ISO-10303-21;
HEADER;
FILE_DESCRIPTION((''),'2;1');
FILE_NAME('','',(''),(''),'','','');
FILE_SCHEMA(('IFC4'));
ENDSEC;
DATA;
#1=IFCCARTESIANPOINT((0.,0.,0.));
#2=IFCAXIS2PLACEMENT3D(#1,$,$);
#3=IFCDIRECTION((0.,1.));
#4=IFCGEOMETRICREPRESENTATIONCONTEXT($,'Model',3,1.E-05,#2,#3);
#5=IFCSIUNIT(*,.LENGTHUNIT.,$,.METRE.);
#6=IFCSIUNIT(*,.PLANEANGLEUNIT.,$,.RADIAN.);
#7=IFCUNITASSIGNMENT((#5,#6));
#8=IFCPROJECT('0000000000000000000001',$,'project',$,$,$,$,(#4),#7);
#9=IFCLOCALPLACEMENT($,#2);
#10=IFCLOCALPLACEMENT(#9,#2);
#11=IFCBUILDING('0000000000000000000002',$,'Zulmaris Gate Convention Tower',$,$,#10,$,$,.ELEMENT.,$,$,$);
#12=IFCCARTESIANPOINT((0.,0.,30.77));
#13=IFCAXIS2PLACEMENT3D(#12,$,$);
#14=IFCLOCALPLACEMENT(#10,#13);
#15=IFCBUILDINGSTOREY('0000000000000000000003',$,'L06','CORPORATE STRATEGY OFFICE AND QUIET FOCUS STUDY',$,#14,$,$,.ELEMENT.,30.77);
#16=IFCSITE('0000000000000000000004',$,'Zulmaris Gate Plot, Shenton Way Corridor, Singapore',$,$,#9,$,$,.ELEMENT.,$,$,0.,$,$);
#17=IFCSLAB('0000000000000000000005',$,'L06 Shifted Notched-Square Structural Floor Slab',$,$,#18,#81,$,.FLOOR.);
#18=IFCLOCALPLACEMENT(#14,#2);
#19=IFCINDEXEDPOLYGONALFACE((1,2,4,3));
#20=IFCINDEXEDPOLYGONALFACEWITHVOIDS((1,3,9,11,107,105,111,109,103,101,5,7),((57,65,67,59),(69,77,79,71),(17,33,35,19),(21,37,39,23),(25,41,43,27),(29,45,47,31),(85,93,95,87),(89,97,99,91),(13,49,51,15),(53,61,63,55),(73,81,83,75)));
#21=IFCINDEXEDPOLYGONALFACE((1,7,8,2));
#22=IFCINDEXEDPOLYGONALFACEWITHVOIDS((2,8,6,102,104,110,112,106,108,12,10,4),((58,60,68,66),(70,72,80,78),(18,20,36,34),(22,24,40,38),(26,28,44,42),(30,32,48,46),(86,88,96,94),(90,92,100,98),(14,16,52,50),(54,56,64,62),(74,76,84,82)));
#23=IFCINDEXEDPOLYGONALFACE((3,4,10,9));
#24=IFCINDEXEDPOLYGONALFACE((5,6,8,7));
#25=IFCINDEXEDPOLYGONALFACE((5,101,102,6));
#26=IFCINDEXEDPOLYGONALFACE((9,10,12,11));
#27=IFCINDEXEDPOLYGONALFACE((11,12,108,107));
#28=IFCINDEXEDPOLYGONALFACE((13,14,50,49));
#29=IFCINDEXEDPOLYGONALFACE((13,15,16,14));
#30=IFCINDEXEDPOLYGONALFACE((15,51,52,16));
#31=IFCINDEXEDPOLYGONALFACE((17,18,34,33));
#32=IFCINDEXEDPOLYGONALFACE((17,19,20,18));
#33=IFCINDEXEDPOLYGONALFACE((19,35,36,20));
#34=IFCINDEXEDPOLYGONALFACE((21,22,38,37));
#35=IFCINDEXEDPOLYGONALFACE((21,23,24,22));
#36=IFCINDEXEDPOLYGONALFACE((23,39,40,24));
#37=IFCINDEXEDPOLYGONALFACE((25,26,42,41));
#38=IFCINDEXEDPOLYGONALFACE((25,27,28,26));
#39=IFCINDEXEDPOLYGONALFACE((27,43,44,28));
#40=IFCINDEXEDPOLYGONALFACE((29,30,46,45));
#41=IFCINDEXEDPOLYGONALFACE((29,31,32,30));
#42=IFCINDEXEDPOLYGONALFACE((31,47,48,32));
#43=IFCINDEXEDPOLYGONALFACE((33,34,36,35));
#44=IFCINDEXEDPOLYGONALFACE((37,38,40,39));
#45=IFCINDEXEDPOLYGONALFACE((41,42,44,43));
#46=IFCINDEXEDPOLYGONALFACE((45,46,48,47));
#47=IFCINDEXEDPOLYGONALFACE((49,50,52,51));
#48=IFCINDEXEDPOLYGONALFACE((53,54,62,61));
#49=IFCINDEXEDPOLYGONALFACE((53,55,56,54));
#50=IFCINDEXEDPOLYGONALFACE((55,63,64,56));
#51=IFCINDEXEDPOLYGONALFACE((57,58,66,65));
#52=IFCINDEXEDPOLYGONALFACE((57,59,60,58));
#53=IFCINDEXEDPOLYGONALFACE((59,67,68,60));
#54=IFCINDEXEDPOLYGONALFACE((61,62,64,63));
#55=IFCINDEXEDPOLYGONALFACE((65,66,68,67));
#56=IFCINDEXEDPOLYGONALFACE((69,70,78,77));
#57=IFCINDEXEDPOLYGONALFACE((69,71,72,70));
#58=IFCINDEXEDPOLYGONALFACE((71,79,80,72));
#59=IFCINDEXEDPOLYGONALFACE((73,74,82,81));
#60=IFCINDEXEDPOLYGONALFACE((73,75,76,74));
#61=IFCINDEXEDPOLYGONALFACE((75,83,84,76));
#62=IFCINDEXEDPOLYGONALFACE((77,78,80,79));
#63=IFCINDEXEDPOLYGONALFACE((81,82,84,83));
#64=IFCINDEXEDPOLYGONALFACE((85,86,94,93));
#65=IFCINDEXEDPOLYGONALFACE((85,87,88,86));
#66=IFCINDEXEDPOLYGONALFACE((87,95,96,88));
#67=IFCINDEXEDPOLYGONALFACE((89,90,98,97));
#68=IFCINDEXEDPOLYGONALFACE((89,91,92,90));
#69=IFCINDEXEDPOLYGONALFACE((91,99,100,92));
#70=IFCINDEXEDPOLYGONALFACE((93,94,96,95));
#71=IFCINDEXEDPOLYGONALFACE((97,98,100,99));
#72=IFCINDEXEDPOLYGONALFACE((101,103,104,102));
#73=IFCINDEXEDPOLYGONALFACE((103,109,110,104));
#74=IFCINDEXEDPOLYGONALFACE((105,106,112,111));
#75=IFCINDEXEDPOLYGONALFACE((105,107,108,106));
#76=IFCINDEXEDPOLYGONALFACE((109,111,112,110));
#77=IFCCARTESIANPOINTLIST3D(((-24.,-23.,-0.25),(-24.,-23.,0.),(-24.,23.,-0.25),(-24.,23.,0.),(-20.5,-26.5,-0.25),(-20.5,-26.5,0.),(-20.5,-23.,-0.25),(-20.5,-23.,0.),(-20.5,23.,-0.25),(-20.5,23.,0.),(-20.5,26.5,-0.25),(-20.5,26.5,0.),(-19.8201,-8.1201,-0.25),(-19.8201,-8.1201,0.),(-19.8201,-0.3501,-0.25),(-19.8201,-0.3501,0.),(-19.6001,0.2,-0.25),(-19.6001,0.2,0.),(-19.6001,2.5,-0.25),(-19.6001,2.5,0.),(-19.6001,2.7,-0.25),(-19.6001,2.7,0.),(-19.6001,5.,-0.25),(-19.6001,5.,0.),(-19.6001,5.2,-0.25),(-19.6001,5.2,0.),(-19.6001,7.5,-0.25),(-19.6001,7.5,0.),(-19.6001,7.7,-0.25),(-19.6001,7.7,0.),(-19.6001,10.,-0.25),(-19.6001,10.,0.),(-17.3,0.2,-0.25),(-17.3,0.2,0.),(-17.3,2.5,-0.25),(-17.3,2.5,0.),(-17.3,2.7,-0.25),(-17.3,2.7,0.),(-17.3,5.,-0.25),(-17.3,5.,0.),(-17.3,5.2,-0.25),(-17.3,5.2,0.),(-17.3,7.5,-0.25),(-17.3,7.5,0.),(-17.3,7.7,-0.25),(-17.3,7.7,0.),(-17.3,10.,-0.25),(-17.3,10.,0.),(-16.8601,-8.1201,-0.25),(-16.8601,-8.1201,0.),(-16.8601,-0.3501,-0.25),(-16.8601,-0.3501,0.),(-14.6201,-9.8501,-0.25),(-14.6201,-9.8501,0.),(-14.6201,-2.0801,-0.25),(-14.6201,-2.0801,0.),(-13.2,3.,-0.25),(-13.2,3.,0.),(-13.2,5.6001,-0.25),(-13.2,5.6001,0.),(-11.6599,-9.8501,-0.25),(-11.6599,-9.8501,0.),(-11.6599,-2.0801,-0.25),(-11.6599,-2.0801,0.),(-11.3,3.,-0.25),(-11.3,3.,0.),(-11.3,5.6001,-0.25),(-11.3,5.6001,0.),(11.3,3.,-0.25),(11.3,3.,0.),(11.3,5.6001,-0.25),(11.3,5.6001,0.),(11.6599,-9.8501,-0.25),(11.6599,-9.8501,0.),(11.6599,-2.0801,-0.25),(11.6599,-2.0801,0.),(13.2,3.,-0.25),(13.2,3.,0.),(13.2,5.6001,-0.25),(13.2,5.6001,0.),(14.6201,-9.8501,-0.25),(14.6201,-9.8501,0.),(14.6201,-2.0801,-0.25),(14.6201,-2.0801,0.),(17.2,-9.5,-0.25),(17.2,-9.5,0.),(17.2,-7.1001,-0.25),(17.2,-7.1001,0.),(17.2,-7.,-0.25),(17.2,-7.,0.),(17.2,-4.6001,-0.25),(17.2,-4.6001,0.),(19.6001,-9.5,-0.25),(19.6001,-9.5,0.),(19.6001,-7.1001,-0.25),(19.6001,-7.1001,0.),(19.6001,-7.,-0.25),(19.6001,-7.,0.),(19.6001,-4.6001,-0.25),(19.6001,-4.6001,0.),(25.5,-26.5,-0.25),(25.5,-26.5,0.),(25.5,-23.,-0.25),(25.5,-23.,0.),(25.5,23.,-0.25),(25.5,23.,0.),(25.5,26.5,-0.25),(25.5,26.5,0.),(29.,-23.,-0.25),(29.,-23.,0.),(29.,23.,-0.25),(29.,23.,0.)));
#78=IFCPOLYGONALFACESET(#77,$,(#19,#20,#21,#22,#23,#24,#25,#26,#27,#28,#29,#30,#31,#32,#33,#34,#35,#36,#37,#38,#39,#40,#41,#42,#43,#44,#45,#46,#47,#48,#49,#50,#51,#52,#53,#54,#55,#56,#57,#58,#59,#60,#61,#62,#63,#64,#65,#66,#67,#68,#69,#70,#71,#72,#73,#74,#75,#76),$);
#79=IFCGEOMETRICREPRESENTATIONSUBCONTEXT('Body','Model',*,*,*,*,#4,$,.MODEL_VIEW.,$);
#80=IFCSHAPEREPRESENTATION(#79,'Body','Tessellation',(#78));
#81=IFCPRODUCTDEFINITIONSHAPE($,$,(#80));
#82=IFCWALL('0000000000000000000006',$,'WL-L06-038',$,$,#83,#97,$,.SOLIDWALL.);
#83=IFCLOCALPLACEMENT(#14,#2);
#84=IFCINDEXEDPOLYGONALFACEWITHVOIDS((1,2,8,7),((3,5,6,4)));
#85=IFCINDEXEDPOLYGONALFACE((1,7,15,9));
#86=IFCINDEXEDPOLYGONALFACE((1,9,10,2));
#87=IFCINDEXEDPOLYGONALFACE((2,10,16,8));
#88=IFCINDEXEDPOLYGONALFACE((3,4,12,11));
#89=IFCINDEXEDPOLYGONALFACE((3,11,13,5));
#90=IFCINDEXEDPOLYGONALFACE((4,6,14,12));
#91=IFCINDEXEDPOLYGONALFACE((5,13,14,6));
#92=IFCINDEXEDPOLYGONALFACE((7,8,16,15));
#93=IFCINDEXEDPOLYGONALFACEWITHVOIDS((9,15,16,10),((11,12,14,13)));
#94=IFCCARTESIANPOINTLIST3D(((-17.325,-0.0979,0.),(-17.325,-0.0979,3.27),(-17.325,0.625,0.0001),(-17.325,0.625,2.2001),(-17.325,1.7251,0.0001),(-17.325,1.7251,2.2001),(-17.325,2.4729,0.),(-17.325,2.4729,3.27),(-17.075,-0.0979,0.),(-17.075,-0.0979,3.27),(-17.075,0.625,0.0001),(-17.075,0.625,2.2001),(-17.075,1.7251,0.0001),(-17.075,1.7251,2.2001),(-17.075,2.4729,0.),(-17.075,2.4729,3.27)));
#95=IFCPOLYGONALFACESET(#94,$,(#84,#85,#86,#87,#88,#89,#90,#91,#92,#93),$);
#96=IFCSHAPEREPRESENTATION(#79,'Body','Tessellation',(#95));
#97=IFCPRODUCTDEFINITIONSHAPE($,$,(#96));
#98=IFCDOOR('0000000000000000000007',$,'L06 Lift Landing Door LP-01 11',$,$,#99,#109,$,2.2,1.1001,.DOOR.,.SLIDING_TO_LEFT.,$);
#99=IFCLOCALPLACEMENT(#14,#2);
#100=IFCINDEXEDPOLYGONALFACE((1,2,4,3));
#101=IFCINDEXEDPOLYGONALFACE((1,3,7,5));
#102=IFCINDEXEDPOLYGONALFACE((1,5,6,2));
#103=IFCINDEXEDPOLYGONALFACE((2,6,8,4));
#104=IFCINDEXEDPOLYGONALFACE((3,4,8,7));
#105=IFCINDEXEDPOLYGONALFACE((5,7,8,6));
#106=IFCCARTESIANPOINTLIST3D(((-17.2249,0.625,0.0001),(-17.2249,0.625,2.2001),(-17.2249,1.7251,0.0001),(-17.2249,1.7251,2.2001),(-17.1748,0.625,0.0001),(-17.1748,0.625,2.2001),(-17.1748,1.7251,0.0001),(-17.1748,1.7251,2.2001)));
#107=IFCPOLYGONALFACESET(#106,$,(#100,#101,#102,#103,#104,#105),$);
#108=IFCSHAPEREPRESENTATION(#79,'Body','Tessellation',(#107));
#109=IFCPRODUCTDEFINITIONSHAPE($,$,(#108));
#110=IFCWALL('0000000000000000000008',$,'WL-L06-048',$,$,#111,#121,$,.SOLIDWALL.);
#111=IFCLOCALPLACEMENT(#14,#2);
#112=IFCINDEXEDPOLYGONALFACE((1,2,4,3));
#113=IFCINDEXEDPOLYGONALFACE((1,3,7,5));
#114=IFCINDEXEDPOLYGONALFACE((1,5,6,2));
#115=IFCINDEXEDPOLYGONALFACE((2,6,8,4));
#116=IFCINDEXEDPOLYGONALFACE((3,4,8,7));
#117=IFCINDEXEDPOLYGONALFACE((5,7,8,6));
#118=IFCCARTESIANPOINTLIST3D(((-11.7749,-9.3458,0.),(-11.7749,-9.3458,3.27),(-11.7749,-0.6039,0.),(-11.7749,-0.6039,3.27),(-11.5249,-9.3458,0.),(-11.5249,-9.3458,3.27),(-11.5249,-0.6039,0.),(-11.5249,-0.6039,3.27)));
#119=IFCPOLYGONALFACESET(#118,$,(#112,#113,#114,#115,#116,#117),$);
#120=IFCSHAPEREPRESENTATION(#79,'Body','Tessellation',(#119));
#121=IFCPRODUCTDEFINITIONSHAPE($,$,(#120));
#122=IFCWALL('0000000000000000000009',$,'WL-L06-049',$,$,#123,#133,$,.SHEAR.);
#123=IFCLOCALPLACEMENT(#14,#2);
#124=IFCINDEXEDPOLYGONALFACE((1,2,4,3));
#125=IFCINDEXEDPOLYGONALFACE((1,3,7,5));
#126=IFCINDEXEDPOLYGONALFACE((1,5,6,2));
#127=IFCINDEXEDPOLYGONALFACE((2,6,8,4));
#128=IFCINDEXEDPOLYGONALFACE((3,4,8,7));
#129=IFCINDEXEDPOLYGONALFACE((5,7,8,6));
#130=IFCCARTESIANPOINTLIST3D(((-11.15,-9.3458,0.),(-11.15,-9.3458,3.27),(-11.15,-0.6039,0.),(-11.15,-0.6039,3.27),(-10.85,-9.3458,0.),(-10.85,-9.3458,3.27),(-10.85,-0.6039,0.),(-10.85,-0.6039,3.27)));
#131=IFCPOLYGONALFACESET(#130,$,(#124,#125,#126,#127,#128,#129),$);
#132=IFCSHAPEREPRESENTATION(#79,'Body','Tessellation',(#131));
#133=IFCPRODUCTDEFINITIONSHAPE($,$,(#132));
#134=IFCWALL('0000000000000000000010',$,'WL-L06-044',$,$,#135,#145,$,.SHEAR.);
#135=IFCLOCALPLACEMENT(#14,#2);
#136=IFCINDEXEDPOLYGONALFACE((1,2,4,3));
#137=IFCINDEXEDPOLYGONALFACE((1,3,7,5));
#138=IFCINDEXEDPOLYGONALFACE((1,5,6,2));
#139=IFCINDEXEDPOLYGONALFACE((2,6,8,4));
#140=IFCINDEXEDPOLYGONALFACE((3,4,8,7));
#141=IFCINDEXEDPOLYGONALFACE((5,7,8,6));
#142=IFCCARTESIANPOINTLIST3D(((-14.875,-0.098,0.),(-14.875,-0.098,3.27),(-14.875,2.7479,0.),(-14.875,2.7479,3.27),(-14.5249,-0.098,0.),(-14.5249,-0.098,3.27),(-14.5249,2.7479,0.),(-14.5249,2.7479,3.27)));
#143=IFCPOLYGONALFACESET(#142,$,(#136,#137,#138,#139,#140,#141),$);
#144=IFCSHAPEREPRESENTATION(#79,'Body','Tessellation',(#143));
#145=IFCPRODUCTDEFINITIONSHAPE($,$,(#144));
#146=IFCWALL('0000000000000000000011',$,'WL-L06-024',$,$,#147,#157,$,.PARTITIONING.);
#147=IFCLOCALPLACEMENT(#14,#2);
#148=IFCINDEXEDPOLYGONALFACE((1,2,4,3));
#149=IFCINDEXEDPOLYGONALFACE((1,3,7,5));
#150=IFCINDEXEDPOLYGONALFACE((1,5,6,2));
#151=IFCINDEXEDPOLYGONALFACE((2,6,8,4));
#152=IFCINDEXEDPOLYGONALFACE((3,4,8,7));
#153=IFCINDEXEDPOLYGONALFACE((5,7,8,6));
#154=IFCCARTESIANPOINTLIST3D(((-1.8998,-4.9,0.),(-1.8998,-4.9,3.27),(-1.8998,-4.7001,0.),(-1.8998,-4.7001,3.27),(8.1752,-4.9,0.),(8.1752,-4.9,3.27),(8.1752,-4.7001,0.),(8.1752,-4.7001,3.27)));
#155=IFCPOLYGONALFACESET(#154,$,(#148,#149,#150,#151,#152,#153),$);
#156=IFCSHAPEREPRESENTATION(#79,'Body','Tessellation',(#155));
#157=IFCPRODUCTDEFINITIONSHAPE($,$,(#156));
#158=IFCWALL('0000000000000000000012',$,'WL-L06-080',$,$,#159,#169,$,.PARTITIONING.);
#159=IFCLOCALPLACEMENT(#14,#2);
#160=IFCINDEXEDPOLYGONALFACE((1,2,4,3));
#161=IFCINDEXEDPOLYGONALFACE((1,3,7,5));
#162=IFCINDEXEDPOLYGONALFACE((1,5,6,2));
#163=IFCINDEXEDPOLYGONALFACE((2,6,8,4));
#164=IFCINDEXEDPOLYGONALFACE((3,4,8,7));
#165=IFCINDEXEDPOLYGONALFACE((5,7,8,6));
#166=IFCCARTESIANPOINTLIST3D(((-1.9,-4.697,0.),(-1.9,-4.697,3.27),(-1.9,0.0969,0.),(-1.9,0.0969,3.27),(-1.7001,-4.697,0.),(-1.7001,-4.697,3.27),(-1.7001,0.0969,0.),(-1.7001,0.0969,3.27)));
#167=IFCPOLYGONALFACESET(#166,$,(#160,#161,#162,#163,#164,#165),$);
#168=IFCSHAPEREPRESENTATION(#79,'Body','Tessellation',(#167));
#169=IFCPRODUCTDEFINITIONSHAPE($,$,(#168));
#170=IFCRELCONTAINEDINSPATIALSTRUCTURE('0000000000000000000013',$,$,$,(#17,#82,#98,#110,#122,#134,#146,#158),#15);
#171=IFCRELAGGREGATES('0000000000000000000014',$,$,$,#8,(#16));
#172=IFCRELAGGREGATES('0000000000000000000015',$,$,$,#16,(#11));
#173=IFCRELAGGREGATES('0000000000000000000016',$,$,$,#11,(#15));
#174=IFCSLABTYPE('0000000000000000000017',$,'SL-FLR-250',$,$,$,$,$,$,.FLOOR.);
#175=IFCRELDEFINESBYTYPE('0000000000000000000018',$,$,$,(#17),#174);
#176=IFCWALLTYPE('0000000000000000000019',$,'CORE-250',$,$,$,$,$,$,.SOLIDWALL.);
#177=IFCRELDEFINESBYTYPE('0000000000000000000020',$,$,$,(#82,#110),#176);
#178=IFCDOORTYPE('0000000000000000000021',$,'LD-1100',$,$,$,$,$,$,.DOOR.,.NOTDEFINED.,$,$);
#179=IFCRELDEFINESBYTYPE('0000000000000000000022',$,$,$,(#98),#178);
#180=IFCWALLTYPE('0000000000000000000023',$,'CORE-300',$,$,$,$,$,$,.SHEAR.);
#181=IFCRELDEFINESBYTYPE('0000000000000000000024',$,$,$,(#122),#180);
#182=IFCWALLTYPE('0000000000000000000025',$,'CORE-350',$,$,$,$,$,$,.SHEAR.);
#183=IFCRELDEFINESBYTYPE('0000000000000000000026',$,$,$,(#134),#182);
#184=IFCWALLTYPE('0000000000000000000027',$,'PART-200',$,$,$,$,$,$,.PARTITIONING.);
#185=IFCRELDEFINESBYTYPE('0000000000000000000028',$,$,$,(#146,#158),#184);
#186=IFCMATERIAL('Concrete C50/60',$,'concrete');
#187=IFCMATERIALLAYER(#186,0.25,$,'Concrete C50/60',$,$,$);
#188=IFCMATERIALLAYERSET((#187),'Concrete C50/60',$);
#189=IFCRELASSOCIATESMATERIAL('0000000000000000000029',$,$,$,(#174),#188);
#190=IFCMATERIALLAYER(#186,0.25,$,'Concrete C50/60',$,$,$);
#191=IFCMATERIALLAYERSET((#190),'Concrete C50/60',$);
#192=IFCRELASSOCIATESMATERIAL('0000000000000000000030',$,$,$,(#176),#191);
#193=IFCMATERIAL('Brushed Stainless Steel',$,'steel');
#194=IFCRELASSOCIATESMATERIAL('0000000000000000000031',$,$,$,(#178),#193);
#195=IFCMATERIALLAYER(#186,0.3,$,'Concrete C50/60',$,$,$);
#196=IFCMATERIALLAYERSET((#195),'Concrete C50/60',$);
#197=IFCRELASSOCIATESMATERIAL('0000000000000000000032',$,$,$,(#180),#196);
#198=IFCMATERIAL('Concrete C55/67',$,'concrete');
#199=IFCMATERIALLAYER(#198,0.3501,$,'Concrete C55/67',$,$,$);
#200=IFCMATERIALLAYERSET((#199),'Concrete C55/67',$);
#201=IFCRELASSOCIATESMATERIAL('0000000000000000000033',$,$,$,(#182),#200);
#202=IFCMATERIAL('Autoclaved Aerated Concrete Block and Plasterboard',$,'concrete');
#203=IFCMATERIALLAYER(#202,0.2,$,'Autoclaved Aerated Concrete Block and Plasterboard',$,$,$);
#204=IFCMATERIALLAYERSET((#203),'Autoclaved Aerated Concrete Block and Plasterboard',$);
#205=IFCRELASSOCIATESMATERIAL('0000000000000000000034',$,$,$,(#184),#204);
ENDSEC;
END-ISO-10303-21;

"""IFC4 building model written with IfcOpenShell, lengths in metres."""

from ifc_helpers import new_model, si_unit, direction, frame, frame_2d, origin, place, context, subcontext, project, spatial, polyline, rectangle, outline, extrude, material, layer, layer_set, type_object, element, fill, save


model = new_model("IFC4")

# Units and contexts
model_context = context("Model", 3, precision=1e-05, world=origin(), true_north=direction((0.0, 1.0)))
body_context = subcontext(model_context, "Body", "Model", "MODEL_VIEW")
ifc_project = project(units=[si_unit("LENGTHUNIT", "METRE"), si_unit("PLANEANGLEUNIT", "RADIAN")], contexts=[model_context])

# Site, building, storey
site_placement = place(None, origin())
site = spatial("IfcSite", under=ifc_project, at=site_placement, Name="Zulmaris Gate Plot, Shenton Way Corridor, Singapore", CompositionType="ELEMENT", RefElevation=0.0)
building_placement = place(site_placement, origin())
building = spatial("IfcBuilding", under=site, at=building_placement, Name="Zulmaris Gate Convention Tower", CompositionType="ELEMENT")
storey_placement = place(building_placement, frame((0.0, 0.0, 30.77)))
storey = spatial("IfcBuildingStorey", under=building, at=storey_placement, Name="L06", Description="CORPORATE STRATEGY OFFICE AND QUIET FOCUS STUDY", CompositionType="ELEMENT", Elevation=30.77)

# Slab
ifc_material_1 = material(Name="Concrete C50/60", Category="concrete")
ifc_layer_1 = layer(ifc_material_1, 0.25, Name="Concrete C50/60")
ifc_layer_set_1 = layer_set([ifc_layer_1], Name="Concrete C50/60")
slab_type_1 = type_object("IfcSlabType", Name="SL-FLR-250", PredefinedType="FLOOR", material=ifc_layer_set_1)
slab_1_placement = place(storey_placement, frame((0.0, 0.0, -0.25)))
element("IfcSlab", 1, at=slab_1_placement, inside=storey, type_object=slab_type_1, Name="L06 Shifted Notched-Square Structural Floor Slab", PredefinedType="FLOOR", context=body_context, shape_type="SweptSolid", body=[
    extrude(outline(polyline([(-20.5, -26.5), (25.5, -26.5), (25.5, -23.0), (29.0, -23.0), (29.0, 23.0), (25.5, 23.0), (25.5, 26.5), (-20.5, 26.5), (-20.5, 23.0), (-24.0, 23.0), (-24.0, -23.0), (-20.5, -23.0), (-20.5, -26.5)]), holes=[polyline([(-14.6201, -2.0801), (-14.6201, -9.8501), (-11.6599, -9.8501), (-11.6599, -2.0801), (-14.6201, -2.0801)]), polyline([(11.6599, -2.0801), (11.6599, -9.8501), (14.6201, -9.8501), (14.6201, -2.0801), (11.6599, -2.0801)]), polyline([(-16.8601, -8.1201), (-16.8601, -0.3501), (-19.8201, -0.3501), (-19.8201, -8.1201), (-16.8601, -8.1201)]), polyline([(-13.2, 3.0), (-11.3, 3.0), (-11.3, 5.6001), (-13.2, 5.6001), (-13.2, 3.0)]), polyline([(11.3, 3.0), (13.2, 3.0), (13.2, 5.6001), (11.3, 5.6001), (11.3, 3.0)]), polyline([(-19.6001, 0.2), (-17.3, 0.2), (-17.3, 2.5), (-19.6001, 2.5), (-19.6001, 0.2)]), polyline([(-19.6001, 2.7), (-17.3, 2.7), (-17.3, 5.0), (-19.6001, 5.0), (-19.6001, 2.7)]), polyline([(-19.6001, 5.2), (-17.3, 5.2), (-17.3, 7.5), (-19.6001, 7.5), (-19.6001, 5.2)]), polyline([(-19.6001, 7.7), (-17.3, 7.7), (-17.3, 10.0), (-19.6001, 10.0), (-19.6001, 7.7)]), polyline([(17.2, -9.5), (19.6001, -9.5), (19.6001, -7.1001), (17.2, -7.1001), (17.2, -9.5)]), polyline([(17.2, -7.0), (19.6001, -7.0), (19.6001, -4.6001), (17.2, -4.6001), (17.2, -7.0)])]), origin(), (0.0, 0.0, 1.0), 0.25),
])

# Wall, opening, door
ifc_layer_2 = layer(ifc_material_1, 0.25, Name="Concrete C50/60")
ifc_layer_set_2 = layer_set([ifc_layer_2], Name="Concrete C50/60")
wall_type_1 = type_object("IfcWallType", Name="CORE-250", PredefinedType="SOLIDWALL", material=ifc_layer_set_2)
wall_1_placement = place(storey_placement, frame((-17.2, -0.0979, 0.0), z_axis=(0.0, 0.0, 1.0), x_axis=(0.0, 1.0, 0.0)))
wall_1 = element("IfcWall", 2, at=wall_1_placement, inside=storey, type_object=wall_type_1, Name="WL-L06-038", PredefinedType="SOLIDWALL", context=body_context, shape_type="SweptSolid", body=[
    extrude(rectangle(XDim=2.5708, YDim=0.25, at=frame_2d((1.2854, 0.0))), origin(), (0.0, 0.0, 1.0), 3.27),
])
opening_placement = place(wall_1_placement, frame((0.7229, 0.0, 0.0)))
opening = element("IfcOpeningElement", 3, at=opening_placement, cuts=wall_1, PredefinedType="OPENING", context=body_context, shape_type="SweptSolid", body=[
    extrude(rectangle(XDim=1.1001, YDim=2.2, at=frame_2d((0.55, 1.1001))), frame((0.0, 0.135, 0.0), z_axis=(0.0, -1.0, 0.0), x_axis=(1.0, 0.0, 0.0)), (0.0, 0.0, 1.0), 0.27),
])
ifc_material_2 = material(Name="Brushed Stainless Steel", Category="steel")
door_type = type_object("IfcDoorType", Name="LD-1100", OperationType="NOTDEFINED", PredefinedType="DOOR", material=ifc_material_2)
door_placement = place(opening_placement, origin())
door = element("IfcDoor", 4, at=door_placement, inside=storey, type_object=door_type, Name="L06 Lift Landing Door LP-01 11", OperationType="SLIDING_TO_LEFT", OverallHeight=2.2, OverallWidth=1.1001, PredefinedType="DOOR", context=body_context, shape_type="SweptSolid", body=[
    extrude(rectangle(XDim=1.1001, YDim=2.2, at=frame_2d((0.55, 1.1001))), frame((0.0, 0.0249, 0.0), z_axis=(0.0, -1.0, 0.0), x_axis=(1.0, 0.0, 0.0)), (0.0, 0.0, 1.0), 0.05),
])
fill(opening, door)

# Walls
wall_2_placement = place(storey_placement, frame((-11.6499, -9.3459, 0.0), z_axis=(0.0, 0.0, 1.0), x_axis=(0.0, 1.0, 0.0)))
element("IfcWall", 5, at=wall_2_placement, inside=storey, type_object=wall_type_1, Name="WL-L06-048", PredefinedType="SOLIDWALL", context=body_context, shape_type="SweptSolid", body=[
    extrude(rectangle(XDim=8.7419, YDim=0.25, at=frame_2d((4.3711, 0.0))), origin(), (0.0, 0.0, 1.0), 3.27),
])
ifc_layer_3 = layer(ifc_material_1, 0.3, Name="Concrete C50/60")
ifc_layer_set_3 = layer_set([ifc_layer_3], Name="Concrete C50/60")
wall_type_2 = type_object("IfcWallType", Name="CORE-300", PredefinedType="SHEAR", material=ifc_layer_set_3)
wall_3_placement = place(storey_placement, frame((-11.0, -9.3459, 0.0), z_axis=(0.0, 0.0, 1.0), x_axis=(0.0, 1.0, 0.0)))
element("IfcWall", 6, at=wall_3_placement, inside=storey, type_object=wall_type_2, Name="WL-L06-049", PredefinedType="SHEAR", context=body_context, shape_type="SweptSolid", body=[
    extrude(rectangle(XDim=8.7419, YDim=0.3, at=frame_2d((4.3711, 0.0))), origin(), (0.0, 0.0, 1.0), 3.27),
])
ifc_material_3 = material(Name="Concrete C55/67", Category="concrete")
ifc_layer_4 = layer(ifc_material_3, 0.3501, Name="Concrete C55/67")
ifc_layer_set_4 = layer_set([ifc_layer_4], Name="Concrete C55/67")
wall_type_3 = type_object("IfcWallType", Name="CORE-350", PredefinedType="SHEAR", material=ifc_layer_set_4)
wall_4_placement = place(storey_placement, frame((-14.7, -0.0979, 0.0), z_axis=(0.0, 0.0, 1.0), x_axis=(0.0, 1.0, 0.0)))
element("IfcWall", 7, at=wall_4_placement, inside=storey, type_object=wall_type_3, Name="WL-L06-044", PredefinedType="SHEAR", context=body_context, shape_type="SweptSolid", body=[
    extrude(rectangle(XDim=2.8459, YDim=0.3501, at=frame_2d((1.4229, 0.0))), origin(), (0.0, 0.0, 1.0), 3.27),
])
ifc_material_4 = material(Name="Autoclaved Aerated Concrete Block and Plasterboard", Category="concrete")
ifc_layer_5 = layer(ifc_material_4, 0.2, Name="Autoclaved Aerated Concrete Block and Plasterboard")
ifc_layer_set_5 = layer_set([ifc_layer_5], Name="Autoclaved Aerated Concrete Block and Plasterboard")
wall_type_4 = type_object("IfcWallType", Name="PART-200", PredefinedType="PARTITIONING", material=ifc_layer_set_5)
wall_5_placement = place(storey_placement, frame((-1.8999, -4.8, 0.0), z_axis=(0.0, 0.0, 1.0), x_axis=(1.0, 0.0, 0.0)))
element("IfcWall", 8, at=wall_5_placement, inside=storey, type_object=wall_type_4, Name="WL-L06-024", PredefinedType="PARTITIONING", context=body_context, shape_type="SweptSolid", body=[
    extrude(rectangle(XDim=10.075, YDim=0.2, at=frame_2d((5.0376, 0.0))), origin(), (0.0, 0.0, 1.0), 3.27),
])
wall_6_placement = place(storey_placement, frame((-1.8, -4.697, 0.0), z_axis=(0.0, 0.0, 1.0), x_axis=(0.0, 1.0, 0.0)))
element("IfcWall", 9, at=wall_6_placement, inside=storey, type_object=wall_type_4, Name="WL-L06-080", PredefinedType="PARTITIONING", context=body_context, shape_type="SweptSolid", body=[
    extrude(rectangle(XDim=4.7939, YDim=0.2, at=frame_2d((2.397, 0.0))), origin(), (0.0, 0.0, 1.0), 3.27),
])

save(model, "model.ifc")
